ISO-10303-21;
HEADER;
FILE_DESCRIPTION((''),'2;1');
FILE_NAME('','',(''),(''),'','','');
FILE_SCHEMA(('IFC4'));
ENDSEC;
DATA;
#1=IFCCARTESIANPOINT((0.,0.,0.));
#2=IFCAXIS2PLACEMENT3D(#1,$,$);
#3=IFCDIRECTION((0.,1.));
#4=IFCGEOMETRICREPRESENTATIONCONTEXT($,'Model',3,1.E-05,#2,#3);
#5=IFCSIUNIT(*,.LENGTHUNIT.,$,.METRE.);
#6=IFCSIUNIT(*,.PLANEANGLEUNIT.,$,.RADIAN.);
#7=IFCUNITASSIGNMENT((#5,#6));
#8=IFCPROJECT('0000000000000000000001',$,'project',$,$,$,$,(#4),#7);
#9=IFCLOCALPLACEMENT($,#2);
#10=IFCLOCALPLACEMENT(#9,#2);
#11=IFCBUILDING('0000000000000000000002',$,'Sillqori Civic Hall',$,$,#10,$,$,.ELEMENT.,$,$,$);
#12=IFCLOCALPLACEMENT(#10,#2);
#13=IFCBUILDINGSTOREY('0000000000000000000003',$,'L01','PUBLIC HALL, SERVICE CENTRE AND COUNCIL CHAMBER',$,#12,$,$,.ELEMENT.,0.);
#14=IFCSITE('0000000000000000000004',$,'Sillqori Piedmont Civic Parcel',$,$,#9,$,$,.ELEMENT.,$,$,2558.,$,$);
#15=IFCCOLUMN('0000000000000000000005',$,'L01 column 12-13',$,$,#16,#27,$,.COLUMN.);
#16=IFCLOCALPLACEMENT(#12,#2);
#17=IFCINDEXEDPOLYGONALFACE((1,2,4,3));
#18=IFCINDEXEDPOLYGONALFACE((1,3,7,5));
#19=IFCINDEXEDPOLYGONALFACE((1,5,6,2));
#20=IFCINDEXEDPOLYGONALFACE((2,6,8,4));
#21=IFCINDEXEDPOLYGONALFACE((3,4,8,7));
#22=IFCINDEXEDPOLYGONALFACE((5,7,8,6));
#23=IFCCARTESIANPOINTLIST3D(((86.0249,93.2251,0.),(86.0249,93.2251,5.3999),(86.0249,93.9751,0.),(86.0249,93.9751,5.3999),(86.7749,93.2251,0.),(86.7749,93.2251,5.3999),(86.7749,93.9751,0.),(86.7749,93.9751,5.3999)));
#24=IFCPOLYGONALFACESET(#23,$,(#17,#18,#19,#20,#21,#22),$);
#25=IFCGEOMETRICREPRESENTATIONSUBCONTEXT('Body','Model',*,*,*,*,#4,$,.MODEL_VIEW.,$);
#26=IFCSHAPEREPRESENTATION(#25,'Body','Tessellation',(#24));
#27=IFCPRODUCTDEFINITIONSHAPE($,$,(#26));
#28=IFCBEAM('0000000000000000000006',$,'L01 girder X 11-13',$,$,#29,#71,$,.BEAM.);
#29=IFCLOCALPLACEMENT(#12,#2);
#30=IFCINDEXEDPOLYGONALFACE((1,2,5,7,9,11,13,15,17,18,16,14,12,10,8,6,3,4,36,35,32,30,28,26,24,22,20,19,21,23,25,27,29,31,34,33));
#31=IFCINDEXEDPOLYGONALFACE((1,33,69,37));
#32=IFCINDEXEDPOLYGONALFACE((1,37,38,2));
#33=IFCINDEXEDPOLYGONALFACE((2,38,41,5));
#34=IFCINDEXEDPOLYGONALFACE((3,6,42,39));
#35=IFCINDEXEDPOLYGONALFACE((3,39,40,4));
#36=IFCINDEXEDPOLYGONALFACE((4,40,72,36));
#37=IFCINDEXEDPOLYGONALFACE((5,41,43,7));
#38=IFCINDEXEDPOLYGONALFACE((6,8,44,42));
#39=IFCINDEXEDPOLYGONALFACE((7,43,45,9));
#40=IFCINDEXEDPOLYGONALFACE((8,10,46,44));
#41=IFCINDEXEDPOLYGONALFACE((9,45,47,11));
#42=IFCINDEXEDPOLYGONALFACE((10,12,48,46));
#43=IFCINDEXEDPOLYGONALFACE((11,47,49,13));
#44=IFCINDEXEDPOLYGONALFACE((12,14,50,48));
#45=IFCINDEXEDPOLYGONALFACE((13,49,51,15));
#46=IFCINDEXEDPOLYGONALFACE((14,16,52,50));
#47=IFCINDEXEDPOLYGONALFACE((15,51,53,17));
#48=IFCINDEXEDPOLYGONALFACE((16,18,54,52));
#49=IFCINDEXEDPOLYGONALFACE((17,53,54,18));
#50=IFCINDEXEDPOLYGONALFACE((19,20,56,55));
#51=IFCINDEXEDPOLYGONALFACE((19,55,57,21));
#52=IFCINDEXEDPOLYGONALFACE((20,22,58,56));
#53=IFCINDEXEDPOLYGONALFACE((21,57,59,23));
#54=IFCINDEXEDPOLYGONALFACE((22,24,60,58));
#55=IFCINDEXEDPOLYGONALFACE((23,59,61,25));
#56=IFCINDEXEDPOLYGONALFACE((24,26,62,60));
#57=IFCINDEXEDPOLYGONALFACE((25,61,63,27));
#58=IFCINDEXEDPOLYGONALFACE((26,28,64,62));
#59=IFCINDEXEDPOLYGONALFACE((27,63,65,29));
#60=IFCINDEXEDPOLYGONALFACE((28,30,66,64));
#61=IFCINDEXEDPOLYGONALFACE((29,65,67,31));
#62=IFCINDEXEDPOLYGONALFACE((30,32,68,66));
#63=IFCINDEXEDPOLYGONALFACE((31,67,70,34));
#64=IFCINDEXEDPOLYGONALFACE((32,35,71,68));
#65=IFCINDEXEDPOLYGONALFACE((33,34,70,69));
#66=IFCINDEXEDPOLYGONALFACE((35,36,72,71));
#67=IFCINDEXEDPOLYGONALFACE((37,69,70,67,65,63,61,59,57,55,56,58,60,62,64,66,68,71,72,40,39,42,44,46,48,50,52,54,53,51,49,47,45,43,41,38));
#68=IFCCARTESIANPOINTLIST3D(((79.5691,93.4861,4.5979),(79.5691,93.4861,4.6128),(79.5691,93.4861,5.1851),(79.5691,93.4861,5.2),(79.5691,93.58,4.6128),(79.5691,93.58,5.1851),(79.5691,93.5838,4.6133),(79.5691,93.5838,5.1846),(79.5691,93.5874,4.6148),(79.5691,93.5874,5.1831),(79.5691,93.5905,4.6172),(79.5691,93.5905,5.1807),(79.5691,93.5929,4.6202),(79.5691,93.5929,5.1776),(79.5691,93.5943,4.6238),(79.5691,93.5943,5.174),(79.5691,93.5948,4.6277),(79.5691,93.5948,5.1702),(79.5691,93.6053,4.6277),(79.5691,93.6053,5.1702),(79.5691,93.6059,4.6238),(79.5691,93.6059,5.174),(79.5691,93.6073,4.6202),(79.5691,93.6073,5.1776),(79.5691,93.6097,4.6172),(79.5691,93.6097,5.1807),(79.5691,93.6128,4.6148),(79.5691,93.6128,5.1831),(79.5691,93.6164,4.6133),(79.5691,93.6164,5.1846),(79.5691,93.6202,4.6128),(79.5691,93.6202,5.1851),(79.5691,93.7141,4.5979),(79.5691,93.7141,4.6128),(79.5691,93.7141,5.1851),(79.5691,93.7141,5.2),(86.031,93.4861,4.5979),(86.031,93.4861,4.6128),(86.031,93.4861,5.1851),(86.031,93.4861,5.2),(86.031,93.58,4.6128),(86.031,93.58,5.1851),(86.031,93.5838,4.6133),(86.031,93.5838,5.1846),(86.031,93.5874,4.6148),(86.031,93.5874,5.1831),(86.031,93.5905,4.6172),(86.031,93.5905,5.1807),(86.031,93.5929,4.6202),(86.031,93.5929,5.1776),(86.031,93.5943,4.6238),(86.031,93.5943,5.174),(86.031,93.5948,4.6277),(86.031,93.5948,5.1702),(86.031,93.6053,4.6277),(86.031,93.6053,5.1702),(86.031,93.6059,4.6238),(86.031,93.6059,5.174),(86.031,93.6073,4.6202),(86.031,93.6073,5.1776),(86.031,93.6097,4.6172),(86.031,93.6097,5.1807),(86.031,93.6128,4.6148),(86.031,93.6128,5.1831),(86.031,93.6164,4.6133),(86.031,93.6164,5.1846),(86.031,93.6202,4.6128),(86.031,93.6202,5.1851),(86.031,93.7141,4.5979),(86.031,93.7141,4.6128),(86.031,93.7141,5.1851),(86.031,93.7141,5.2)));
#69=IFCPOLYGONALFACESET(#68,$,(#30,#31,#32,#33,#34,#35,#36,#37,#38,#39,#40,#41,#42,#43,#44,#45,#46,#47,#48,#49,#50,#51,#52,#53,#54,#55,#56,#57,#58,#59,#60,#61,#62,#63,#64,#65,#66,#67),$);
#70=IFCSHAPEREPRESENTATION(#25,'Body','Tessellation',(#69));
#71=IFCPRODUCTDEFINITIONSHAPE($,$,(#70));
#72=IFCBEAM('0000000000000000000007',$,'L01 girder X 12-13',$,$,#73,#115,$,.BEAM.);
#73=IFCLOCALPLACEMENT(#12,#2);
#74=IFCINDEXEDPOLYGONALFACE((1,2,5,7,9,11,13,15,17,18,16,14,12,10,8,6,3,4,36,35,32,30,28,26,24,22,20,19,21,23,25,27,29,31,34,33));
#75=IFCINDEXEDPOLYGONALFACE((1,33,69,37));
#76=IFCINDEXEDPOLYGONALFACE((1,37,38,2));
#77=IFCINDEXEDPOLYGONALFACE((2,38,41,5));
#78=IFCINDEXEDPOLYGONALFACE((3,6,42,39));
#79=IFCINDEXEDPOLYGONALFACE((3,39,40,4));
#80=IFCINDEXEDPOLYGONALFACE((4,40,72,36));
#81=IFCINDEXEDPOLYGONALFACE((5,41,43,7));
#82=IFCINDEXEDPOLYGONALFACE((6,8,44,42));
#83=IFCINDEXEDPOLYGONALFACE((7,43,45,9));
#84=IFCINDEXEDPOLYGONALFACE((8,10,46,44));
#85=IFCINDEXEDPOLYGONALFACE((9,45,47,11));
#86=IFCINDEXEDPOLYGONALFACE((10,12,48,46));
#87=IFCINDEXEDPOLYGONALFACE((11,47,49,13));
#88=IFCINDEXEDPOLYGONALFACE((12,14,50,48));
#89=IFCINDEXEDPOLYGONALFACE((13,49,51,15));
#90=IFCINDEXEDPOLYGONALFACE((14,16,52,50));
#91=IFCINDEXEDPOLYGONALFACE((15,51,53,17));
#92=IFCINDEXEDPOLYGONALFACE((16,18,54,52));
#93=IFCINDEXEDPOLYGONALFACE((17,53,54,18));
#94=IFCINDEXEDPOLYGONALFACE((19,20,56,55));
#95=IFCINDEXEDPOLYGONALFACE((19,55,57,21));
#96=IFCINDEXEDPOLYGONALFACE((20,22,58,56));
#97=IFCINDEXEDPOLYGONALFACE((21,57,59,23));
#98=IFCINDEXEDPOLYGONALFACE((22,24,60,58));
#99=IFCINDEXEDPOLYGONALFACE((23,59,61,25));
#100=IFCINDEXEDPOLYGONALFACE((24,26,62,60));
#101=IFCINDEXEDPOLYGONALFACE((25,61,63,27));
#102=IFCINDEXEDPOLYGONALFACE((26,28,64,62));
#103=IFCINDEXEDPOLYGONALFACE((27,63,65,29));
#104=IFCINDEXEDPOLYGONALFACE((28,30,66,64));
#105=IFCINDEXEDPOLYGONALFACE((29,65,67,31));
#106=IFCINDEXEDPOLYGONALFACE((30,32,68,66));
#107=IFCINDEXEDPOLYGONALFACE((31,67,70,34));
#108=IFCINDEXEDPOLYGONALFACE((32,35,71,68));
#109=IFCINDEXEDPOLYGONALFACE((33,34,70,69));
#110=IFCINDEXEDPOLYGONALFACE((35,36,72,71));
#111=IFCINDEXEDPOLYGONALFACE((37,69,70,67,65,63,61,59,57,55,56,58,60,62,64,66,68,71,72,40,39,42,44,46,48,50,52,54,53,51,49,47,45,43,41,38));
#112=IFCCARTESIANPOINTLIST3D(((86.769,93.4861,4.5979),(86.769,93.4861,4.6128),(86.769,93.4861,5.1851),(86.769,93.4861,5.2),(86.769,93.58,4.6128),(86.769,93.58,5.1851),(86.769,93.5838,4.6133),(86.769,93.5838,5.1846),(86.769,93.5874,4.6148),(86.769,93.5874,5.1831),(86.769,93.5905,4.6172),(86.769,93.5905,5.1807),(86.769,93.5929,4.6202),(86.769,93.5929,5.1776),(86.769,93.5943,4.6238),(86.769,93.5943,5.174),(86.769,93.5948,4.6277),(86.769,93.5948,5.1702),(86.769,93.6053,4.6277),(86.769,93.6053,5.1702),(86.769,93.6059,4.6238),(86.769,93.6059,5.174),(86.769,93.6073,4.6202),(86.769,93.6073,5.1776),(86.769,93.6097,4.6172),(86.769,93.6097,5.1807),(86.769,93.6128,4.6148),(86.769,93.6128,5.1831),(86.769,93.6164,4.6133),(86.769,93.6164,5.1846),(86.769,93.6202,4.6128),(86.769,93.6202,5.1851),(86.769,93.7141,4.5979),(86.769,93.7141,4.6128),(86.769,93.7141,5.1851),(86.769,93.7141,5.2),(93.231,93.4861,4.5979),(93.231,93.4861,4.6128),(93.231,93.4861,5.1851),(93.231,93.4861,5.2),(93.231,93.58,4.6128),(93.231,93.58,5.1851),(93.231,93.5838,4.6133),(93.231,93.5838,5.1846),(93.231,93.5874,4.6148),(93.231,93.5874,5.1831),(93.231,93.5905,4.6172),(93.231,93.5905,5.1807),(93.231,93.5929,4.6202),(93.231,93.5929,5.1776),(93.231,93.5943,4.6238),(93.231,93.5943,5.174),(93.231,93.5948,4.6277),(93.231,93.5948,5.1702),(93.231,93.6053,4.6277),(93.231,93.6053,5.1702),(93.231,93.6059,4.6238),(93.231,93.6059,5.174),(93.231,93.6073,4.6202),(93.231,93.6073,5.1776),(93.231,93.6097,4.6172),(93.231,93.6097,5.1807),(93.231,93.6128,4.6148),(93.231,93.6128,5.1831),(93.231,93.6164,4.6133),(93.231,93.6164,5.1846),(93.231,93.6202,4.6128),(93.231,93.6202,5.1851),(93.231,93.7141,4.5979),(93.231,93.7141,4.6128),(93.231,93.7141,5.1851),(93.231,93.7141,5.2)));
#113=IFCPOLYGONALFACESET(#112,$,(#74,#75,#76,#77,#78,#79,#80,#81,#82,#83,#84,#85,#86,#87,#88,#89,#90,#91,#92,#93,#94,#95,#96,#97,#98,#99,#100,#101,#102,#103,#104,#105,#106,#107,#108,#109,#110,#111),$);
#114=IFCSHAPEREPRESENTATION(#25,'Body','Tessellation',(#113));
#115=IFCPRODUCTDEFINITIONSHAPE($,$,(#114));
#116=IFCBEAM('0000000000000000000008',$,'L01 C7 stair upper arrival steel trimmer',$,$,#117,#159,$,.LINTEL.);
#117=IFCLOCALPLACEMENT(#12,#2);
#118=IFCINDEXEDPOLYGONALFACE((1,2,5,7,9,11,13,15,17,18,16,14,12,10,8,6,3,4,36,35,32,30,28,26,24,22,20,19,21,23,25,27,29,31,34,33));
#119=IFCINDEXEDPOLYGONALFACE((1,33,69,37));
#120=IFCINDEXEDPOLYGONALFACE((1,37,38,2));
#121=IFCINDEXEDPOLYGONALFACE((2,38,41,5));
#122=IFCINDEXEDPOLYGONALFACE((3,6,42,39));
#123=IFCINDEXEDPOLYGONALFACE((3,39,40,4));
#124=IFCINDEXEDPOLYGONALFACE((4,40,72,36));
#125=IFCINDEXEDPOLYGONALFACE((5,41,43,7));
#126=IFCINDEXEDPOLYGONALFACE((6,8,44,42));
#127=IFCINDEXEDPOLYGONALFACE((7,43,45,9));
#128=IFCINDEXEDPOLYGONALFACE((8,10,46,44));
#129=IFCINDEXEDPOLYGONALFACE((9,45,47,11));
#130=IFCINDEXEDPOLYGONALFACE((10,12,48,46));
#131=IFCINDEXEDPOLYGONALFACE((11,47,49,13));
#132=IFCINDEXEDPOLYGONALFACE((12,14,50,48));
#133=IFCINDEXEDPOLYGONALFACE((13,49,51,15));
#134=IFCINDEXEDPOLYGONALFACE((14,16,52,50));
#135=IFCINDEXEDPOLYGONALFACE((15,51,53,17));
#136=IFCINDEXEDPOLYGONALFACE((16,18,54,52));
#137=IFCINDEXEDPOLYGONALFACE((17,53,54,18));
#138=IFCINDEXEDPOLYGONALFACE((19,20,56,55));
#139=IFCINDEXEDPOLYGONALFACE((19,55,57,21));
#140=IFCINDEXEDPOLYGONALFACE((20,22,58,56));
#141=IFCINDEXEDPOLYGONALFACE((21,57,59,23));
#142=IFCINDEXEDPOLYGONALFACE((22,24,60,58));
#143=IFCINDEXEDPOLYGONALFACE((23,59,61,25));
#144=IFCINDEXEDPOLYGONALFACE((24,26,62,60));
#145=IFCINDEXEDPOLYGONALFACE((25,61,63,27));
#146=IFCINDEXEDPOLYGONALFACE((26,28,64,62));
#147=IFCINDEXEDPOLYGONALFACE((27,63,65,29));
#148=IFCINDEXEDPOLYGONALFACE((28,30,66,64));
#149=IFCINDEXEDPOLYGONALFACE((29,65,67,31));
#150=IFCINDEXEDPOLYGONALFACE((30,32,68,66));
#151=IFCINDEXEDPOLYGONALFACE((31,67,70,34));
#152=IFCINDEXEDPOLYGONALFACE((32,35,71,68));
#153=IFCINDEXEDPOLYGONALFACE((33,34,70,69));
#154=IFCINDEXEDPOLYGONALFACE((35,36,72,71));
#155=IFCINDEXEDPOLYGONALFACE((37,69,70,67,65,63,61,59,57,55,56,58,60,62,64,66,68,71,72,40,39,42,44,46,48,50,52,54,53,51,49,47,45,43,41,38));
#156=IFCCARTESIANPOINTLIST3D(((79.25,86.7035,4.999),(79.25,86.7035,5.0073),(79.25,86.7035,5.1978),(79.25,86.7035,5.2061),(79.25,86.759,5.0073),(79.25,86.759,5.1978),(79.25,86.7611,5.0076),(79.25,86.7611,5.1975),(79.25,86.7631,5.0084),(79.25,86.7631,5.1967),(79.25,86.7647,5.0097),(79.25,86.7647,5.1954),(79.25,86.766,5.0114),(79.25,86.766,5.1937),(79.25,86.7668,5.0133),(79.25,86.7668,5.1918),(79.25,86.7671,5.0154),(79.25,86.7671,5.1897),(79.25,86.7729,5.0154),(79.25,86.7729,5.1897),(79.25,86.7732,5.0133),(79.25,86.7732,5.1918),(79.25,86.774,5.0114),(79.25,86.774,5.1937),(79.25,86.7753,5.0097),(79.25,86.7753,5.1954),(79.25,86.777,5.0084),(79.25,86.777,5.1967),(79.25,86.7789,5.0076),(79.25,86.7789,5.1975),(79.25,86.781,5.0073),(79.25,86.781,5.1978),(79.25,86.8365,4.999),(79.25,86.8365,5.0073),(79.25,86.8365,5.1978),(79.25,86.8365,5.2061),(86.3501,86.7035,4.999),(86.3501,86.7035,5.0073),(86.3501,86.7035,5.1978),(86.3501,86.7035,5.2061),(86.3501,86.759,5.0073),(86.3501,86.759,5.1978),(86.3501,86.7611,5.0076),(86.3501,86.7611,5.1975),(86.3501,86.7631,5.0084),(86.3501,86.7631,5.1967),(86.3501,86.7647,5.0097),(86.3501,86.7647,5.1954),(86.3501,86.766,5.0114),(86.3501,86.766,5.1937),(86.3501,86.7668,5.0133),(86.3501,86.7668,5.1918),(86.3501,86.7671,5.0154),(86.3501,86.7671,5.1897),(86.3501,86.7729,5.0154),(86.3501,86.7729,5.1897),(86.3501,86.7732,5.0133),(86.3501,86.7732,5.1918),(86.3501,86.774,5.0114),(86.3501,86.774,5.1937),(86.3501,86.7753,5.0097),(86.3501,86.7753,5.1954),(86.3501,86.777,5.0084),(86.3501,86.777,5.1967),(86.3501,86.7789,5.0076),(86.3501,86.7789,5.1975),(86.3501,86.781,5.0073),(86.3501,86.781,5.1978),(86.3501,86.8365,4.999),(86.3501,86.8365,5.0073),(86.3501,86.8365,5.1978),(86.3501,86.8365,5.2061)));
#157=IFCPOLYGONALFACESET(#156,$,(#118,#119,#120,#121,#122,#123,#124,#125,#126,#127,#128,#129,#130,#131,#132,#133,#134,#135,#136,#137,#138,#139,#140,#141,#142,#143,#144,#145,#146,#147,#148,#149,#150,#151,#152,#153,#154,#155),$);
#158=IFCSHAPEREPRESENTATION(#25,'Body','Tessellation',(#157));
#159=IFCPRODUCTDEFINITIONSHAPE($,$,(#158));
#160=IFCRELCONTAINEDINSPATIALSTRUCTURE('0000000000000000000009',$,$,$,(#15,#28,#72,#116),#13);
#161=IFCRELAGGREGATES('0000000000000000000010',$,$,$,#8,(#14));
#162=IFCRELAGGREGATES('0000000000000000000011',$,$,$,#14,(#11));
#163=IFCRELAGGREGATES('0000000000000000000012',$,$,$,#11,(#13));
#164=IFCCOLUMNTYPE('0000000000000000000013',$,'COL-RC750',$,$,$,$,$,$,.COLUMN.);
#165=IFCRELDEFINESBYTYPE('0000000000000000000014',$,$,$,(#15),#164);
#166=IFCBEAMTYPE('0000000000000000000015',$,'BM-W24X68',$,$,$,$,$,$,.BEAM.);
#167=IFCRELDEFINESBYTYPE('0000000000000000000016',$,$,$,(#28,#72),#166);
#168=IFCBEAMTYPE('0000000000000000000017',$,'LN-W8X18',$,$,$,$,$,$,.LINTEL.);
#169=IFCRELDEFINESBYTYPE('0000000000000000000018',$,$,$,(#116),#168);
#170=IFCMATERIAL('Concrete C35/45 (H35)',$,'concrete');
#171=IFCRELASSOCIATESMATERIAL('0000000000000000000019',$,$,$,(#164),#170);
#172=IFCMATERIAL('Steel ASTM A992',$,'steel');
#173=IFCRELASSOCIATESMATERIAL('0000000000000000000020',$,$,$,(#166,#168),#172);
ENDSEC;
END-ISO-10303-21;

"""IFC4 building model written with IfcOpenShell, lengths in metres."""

from ifc_helpers import new_model, si_unit, direction, frame, origin, origin_2d, place, context, subcontext, project, spatial, rectangle, i_section, extrude, material, material_profile, profile_set, type_object, element, save


model = new_model("IFC4")

# Units and contexts
model_context = context("Model", 3, precision=1e-05, world=origin(), true_north=direction((0.0, 1.0)))
body_context = subcontext(model_context, "Body", "Model", "MODEL_VIEW")
ifc_project = project(units=[si_unit("LENGTHUNIT", "METRE"), si_unit("PLANEANGLEUNIT", "RADIAN")], contexts=[model_context])

# Site, building, storey
site_placement = place(None, origin())
site = spatial("IfcSite", under=ifc_project, at=site_placement, Name="Sillqori Piedmont Civic Parcel", CompositionType="ELEMENT", RefElevation=2558.0)
building_placement = place(site_placement, origin())
building = spatial("IfcBuilding", under=site, at=building_placement, Name="Sillqori Civic Hall", CompositionType="ELEMENT")
storey_placement = place(building_placement, origin())
storey = spatial("IfcBuildingStorey", under=building, at=storey_placement, Name="L01", Description="PUBLIC HALL, SERVICE CENTRE AND COUNCIL CHAMBER", CompositionType="ELEMENT", Elevation=0.0)

# Column
ifc_material_1 = material(Name="Concrete C35/45 (H35)", Category="concrete")
ifc_material_profile_1 = material_profile(ifc_material_1, rectangle(XDim=0.75, YDim=0.75, at=origin_2d()), Name="RC 750x750")
ifc_profile_set_1 = profile_set([ifc_material_profile_1], Name="Concrete C35/45 (H35)")
column_type = type_object("IfcColumnType", Name="COL-RC750", PredefinedType="COLUMN", material=ifc_profile_set_1)
column_placement = place(storey_placement, frame((86.3999, 93.6001, 0.0), z_axis=(0.0, 0.0, 1.0), x_axis=(1.0, 0.0, 0.0)))
element("IfcColumn", 1, at=column_placement, inside=storey, type_object=column_type, Name="L01 column 12-13", PredefinedType="COLUMN", context=body_context, shape_type="SweptSolid", body=[
    extrude(rectangle(XDim=0.75, YDim=0.75, at=origin_2d()), origin(), (0.0, 0.0, 1.0), 5.3999),
])

# Beams
ifc_material_2 = material(Name="Steel ASTM A992", Category="steel")
ifc_material_profile_2 = material_profile(ifc_material_2, i_section(OverallWidth=0.228, OverallDepth=0.6021, WebThickness=0.0105, FlangeThickness=0.0149, FilletRadius=0.0149, at=origin_2d()), Name="W24X68")
ifc_profile_set_2 = profile_set([ifc_material_profile_2], Name="Steel ASTM A992")
beam_type_1 = type_object("IfcBeamType", Name="BM-W24X68", PredefinedType="BEAM", material=ifc_profile_set_2)
for number, where, z_axis, x_axis, name in (
    (2, (79.5691, 93.6001, 4.8989), (1.0, 0.0, 0.0), (0.0, 1.0, 0.0), "L01 girder X 11-13"),
    (3, (86.769, 93.6001, 4.8989), (1.0, 0.0, 0.0), (0.0, 1.0, 0.0), "L01 girder X 12-13"),
):
    element("IfcBeam", number, at=place(storey_placement, frame(where, z_axis=z_axis, x_axis=x_axis)), inside=storey, type_object=beam_type_1, Name=name, PredefinedType="BEAM", context=body_context, shape_type="SweptSolid", body=[
        extrude(i_section(OverallWidth=0.228, OverallDepth=0.6021, WebThickness=0.0105, FlangeThickness=0.0149, FilletRadius=0.0149, at=origin_2d()), origin(), (0.0, 0.0, 1.0), 6.4619),
    ])
ifc_material_profile_3 = material_profile(ifc_material_2, i_section(OverallWidth=0.1331, OverallDepth=0.207, WebThickness=0.0059, FlangeThickness=0.0083, FilletRadius=0.0081, at=origin_2d()), Name="W8X18")
ifc_profile_set_3 = profile_set([ifc_material_profile_3], Name="Steel ASTM A992")
beam_type_2 = type_object("IfcBeamType", Name="LN-W8X18", PredefinedType="LINTEL", material=ifc_profile_set_3)
for number, where, z_axis, x_axis, name in (
    (4, (79.25, 86.77, 5.1025), (1.0, 0.0, 0.0), (0.0, 1.0, 0.0), "L01 C7 stair upper arrival steel trimmer"),
):
    element("IfcBeam", number, at=place(storey_placement, frame(where, z_axis=z_axis, x_axis=x_axis)), inside=storey, type_object=beam_type_2, Name=name, PredefinedType="LINTEL", context=body_context, shape_type="SweptSolid", body=[
        extrude(i_section(OverallWidth=0.1331, OverallDepth=0.207, WebThickness=0.0059, FlangeThickness=0.0083, FilletRadius=0.0081, at=origin_2d()), origin(), (0.0, 0.0, 1.0), 7.1001),
    ])

save(model, "model.ifc")
